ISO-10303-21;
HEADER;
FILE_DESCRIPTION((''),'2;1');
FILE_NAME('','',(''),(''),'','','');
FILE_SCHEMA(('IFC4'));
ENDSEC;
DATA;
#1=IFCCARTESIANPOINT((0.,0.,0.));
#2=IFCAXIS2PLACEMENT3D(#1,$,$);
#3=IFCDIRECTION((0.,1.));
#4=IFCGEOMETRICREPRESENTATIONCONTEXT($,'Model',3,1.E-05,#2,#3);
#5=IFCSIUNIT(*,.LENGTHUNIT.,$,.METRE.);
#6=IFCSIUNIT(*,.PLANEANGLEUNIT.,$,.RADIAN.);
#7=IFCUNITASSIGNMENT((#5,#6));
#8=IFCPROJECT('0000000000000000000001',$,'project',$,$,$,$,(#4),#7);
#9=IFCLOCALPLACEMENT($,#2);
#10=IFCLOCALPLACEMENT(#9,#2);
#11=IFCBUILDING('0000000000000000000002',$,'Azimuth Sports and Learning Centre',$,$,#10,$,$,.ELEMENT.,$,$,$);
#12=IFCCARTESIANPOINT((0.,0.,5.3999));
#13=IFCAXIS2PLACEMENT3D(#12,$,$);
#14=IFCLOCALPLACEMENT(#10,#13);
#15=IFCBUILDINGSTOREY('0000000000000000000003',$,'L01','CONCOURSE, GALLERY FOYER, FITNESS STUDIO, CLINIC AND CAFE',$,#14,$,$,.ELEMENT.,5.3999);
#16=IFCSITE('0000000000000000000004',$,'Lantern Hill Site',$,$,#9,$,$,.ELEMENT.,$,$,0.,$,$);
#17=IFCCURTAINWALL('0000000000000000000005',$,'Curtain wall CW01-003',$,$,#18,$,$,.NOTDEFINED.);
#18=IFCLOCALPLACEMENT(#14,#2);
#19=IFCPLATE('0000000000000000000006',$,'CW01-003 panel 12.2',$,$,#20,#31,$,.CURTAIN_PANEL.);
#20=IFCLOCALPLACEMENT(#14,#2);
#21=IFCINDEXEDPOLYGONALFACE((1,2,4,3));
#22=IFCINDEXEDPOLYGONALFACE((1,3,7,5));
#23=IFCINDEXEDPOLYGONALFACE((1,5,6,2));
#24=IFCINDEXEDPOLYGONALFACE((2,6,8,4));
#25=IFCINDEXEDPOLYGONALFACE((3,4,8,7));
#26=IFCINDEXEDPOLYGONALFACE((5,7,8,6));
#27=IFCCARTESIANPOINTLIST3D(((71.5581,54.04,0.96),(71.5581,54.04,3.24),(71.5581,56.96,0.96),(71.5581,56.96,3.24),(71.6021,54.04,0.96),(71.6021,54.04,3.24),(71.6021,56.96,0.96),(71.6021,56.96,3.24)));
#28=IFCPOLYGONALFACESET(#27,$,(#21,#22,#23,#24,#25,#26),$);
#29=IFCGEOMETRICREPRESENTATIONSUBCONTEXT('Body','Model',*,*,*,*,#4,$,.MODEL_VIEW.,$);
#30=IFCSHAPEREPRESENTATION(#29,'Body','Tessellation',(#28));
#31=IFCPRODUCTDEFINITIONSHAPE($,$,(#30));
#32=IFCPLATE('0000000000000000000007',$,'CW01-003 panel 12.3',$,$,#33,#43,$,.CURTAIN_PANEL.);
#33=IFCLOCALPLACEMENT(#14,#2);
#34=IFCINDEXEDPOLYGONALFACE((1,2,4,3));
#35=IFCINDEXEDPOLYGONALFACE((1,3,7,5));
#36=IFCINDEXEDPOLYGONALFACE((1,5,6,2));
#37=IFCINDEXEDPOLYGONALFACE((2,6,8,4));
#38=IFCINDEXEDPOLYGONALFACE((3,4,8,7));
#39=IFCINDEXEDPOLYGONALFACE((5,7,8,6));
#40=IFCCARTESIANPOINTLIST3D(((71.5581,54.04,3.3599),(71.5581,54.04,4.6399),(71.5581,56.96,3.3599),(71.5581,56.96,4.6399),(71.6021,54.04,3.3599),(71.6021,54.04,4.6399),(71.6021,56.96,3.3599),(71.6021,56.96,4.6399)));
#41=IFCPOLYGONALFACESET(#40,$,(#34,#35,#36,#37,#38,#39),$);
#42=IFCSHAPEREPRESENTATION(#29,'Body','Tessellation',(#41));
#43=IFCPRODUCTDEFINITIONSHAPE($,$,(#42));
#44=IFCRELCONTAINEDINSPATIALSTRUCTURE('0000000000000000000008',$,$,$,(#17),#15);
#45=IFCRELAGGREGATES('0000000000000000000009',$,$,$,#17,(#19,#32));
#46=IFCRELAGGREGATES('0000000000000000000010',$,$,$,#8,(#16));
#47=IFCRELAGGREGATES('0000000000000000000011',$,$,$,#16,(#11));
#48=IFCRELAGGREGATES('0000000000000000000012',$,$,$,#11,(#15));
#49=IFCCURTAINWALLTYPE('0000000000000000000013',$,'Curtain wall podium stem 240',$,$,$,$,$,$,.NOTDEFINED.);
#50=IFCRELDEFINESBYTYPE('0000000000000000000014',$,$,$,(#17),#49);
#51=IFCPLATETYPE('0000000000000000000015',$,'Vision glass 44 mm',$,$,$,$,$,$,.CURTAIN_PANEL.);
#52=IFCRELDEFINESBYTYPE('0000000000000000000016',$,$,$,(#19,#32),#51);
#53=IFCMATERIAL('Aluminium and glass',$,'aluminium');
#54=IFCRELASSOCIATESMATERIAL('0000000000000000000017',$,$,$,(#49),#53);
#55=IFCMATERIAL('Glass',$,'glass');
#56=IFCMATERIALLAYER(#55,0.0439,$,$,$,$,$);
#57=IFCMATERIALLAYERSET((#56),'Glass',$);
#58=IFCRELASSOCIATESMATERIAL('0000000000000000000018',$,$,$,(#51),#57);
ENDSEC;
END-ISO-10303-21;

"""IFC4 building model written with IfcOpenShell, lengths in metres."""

from ifc_helpers import new_model, si_unit, direction, frame, origin, origin_2d, place, context, subcontext, project, spatial, rectangle, extrude, material, layer, layer_set, type_object, element, aggregate, save


model = new_model("IFC4")

# Units and contexts
model_context = context("Model", 3, precision=1e-05, world=origin(), true_north=direction((0.0, 1.0)))
body_context = subcontext(model_context, "Body", "Model", "MODEL_VIEW")
ifc_project = project(units=[si_unit("LENGTHUNIT", "METRE"), si_unit("PLANEANGLEUNIT", "RADIAN")], contexts=[model_context])

# Site, building, storey
site_placement = place(None, origin())
site = spatial("IfcSite", under=ifc_project, at=site_placement, Name="Lantern Hill Site", CompositionType="ELEMENT", RefElevation=0.0)
building_placement = place(site_placement, origin())
building = spatial("IfcBuilding", under=site, at=building_placement, Name="Azimuth Sports and Learning Centre", CompositionType="ELEMENT")
storey_placement = place(building_placement, frame((0.0, 0.0, 5.3999)))
storey = spatial("IfcBuildingStorey", under=building, at=storey_placement, Name="L01", Description="CONCOURSE, GALLERY FOYER, FITNESS STUDIO, CLINIC AND CAFE", CompositionType="ELEMENT", Elevation=5.3999)

# Curtain wall
ifc_material_1 = material(Name="Aluminium and glass", Category="aluminium")
curtain_wall_type_1 = type_object("IfcCurtainWallType", Name="Curtain wall podium stem 240", PredefinedType="NOTDEFINED", material=ifc_material_1)
curtain_wall_1_placement = place(storey_placement, origin())
curtain_wall_1 = element("IfcCurtainWall", 1, at=curtain_wall_1_placement, inside=storey, type_object=curtain_wall_type_1, Name="Curtain wall CW01-003", PredefinedType="NOTDEFINED")

# Plates
ifc_material_2 = material(Name="Glass", Category="glass")
ifc_layer_1 = layer(ifc_material_2, 0.0439)
ifc_layer_set_1 = layer_set([ifc_layer_1], Name="Glass")
plate_type_1 = type_object("IfcPlateType", Name="Vision glass 44 mm", PredefinedType="CURTAIN_PANEL", material=ifc_layer_set_1)
plate_1_placement = place(storey_placement, frame((71.5801, 55.5, 0.96), z_axis=(0.0, 0.0, 1.0), x_axis=(0.0, -1.0, 0.0)))
plate_1 = element("IfcPlate", 2, at=plate_1_placement, type_object=plate_type_1, Name="CW01-003 panel 12.2", PredefinedType="CURTAIN_PANEL", context=body_context, shape_type="SweptSolid", body=[
    extrude(rectangle(XDim=2.9199, YDim=0.0439, at=origin_2d()), origin(), (0.0, 0.0, 1.0), 2.28),
])
plate_2_placement = place(storey_placement, frame((71.5801, 55.5, 3.3599), z_axis=(0.0, 0.0, 1.0), x_axis=(0.0, -1.0, 0.0)))
plate_2 = element("IfcPlate", 3, at=plate_2_placement, type_object=plate_type_1, Name="CW01-003 panel 12.3", PredefinedType="CURTAIN_PANEL", context=body_context, shape_type="SweptSolid", body=[
    extrude(rectangle(XDim=2.9199, YDim=0.0439, at=origin_2d()), origin(), (0.0, 0.0, 1.0), 1.28),
])
aggregate(curtain_wall_1, [plate_1, plate_2])

save(model, "model.ifc")
